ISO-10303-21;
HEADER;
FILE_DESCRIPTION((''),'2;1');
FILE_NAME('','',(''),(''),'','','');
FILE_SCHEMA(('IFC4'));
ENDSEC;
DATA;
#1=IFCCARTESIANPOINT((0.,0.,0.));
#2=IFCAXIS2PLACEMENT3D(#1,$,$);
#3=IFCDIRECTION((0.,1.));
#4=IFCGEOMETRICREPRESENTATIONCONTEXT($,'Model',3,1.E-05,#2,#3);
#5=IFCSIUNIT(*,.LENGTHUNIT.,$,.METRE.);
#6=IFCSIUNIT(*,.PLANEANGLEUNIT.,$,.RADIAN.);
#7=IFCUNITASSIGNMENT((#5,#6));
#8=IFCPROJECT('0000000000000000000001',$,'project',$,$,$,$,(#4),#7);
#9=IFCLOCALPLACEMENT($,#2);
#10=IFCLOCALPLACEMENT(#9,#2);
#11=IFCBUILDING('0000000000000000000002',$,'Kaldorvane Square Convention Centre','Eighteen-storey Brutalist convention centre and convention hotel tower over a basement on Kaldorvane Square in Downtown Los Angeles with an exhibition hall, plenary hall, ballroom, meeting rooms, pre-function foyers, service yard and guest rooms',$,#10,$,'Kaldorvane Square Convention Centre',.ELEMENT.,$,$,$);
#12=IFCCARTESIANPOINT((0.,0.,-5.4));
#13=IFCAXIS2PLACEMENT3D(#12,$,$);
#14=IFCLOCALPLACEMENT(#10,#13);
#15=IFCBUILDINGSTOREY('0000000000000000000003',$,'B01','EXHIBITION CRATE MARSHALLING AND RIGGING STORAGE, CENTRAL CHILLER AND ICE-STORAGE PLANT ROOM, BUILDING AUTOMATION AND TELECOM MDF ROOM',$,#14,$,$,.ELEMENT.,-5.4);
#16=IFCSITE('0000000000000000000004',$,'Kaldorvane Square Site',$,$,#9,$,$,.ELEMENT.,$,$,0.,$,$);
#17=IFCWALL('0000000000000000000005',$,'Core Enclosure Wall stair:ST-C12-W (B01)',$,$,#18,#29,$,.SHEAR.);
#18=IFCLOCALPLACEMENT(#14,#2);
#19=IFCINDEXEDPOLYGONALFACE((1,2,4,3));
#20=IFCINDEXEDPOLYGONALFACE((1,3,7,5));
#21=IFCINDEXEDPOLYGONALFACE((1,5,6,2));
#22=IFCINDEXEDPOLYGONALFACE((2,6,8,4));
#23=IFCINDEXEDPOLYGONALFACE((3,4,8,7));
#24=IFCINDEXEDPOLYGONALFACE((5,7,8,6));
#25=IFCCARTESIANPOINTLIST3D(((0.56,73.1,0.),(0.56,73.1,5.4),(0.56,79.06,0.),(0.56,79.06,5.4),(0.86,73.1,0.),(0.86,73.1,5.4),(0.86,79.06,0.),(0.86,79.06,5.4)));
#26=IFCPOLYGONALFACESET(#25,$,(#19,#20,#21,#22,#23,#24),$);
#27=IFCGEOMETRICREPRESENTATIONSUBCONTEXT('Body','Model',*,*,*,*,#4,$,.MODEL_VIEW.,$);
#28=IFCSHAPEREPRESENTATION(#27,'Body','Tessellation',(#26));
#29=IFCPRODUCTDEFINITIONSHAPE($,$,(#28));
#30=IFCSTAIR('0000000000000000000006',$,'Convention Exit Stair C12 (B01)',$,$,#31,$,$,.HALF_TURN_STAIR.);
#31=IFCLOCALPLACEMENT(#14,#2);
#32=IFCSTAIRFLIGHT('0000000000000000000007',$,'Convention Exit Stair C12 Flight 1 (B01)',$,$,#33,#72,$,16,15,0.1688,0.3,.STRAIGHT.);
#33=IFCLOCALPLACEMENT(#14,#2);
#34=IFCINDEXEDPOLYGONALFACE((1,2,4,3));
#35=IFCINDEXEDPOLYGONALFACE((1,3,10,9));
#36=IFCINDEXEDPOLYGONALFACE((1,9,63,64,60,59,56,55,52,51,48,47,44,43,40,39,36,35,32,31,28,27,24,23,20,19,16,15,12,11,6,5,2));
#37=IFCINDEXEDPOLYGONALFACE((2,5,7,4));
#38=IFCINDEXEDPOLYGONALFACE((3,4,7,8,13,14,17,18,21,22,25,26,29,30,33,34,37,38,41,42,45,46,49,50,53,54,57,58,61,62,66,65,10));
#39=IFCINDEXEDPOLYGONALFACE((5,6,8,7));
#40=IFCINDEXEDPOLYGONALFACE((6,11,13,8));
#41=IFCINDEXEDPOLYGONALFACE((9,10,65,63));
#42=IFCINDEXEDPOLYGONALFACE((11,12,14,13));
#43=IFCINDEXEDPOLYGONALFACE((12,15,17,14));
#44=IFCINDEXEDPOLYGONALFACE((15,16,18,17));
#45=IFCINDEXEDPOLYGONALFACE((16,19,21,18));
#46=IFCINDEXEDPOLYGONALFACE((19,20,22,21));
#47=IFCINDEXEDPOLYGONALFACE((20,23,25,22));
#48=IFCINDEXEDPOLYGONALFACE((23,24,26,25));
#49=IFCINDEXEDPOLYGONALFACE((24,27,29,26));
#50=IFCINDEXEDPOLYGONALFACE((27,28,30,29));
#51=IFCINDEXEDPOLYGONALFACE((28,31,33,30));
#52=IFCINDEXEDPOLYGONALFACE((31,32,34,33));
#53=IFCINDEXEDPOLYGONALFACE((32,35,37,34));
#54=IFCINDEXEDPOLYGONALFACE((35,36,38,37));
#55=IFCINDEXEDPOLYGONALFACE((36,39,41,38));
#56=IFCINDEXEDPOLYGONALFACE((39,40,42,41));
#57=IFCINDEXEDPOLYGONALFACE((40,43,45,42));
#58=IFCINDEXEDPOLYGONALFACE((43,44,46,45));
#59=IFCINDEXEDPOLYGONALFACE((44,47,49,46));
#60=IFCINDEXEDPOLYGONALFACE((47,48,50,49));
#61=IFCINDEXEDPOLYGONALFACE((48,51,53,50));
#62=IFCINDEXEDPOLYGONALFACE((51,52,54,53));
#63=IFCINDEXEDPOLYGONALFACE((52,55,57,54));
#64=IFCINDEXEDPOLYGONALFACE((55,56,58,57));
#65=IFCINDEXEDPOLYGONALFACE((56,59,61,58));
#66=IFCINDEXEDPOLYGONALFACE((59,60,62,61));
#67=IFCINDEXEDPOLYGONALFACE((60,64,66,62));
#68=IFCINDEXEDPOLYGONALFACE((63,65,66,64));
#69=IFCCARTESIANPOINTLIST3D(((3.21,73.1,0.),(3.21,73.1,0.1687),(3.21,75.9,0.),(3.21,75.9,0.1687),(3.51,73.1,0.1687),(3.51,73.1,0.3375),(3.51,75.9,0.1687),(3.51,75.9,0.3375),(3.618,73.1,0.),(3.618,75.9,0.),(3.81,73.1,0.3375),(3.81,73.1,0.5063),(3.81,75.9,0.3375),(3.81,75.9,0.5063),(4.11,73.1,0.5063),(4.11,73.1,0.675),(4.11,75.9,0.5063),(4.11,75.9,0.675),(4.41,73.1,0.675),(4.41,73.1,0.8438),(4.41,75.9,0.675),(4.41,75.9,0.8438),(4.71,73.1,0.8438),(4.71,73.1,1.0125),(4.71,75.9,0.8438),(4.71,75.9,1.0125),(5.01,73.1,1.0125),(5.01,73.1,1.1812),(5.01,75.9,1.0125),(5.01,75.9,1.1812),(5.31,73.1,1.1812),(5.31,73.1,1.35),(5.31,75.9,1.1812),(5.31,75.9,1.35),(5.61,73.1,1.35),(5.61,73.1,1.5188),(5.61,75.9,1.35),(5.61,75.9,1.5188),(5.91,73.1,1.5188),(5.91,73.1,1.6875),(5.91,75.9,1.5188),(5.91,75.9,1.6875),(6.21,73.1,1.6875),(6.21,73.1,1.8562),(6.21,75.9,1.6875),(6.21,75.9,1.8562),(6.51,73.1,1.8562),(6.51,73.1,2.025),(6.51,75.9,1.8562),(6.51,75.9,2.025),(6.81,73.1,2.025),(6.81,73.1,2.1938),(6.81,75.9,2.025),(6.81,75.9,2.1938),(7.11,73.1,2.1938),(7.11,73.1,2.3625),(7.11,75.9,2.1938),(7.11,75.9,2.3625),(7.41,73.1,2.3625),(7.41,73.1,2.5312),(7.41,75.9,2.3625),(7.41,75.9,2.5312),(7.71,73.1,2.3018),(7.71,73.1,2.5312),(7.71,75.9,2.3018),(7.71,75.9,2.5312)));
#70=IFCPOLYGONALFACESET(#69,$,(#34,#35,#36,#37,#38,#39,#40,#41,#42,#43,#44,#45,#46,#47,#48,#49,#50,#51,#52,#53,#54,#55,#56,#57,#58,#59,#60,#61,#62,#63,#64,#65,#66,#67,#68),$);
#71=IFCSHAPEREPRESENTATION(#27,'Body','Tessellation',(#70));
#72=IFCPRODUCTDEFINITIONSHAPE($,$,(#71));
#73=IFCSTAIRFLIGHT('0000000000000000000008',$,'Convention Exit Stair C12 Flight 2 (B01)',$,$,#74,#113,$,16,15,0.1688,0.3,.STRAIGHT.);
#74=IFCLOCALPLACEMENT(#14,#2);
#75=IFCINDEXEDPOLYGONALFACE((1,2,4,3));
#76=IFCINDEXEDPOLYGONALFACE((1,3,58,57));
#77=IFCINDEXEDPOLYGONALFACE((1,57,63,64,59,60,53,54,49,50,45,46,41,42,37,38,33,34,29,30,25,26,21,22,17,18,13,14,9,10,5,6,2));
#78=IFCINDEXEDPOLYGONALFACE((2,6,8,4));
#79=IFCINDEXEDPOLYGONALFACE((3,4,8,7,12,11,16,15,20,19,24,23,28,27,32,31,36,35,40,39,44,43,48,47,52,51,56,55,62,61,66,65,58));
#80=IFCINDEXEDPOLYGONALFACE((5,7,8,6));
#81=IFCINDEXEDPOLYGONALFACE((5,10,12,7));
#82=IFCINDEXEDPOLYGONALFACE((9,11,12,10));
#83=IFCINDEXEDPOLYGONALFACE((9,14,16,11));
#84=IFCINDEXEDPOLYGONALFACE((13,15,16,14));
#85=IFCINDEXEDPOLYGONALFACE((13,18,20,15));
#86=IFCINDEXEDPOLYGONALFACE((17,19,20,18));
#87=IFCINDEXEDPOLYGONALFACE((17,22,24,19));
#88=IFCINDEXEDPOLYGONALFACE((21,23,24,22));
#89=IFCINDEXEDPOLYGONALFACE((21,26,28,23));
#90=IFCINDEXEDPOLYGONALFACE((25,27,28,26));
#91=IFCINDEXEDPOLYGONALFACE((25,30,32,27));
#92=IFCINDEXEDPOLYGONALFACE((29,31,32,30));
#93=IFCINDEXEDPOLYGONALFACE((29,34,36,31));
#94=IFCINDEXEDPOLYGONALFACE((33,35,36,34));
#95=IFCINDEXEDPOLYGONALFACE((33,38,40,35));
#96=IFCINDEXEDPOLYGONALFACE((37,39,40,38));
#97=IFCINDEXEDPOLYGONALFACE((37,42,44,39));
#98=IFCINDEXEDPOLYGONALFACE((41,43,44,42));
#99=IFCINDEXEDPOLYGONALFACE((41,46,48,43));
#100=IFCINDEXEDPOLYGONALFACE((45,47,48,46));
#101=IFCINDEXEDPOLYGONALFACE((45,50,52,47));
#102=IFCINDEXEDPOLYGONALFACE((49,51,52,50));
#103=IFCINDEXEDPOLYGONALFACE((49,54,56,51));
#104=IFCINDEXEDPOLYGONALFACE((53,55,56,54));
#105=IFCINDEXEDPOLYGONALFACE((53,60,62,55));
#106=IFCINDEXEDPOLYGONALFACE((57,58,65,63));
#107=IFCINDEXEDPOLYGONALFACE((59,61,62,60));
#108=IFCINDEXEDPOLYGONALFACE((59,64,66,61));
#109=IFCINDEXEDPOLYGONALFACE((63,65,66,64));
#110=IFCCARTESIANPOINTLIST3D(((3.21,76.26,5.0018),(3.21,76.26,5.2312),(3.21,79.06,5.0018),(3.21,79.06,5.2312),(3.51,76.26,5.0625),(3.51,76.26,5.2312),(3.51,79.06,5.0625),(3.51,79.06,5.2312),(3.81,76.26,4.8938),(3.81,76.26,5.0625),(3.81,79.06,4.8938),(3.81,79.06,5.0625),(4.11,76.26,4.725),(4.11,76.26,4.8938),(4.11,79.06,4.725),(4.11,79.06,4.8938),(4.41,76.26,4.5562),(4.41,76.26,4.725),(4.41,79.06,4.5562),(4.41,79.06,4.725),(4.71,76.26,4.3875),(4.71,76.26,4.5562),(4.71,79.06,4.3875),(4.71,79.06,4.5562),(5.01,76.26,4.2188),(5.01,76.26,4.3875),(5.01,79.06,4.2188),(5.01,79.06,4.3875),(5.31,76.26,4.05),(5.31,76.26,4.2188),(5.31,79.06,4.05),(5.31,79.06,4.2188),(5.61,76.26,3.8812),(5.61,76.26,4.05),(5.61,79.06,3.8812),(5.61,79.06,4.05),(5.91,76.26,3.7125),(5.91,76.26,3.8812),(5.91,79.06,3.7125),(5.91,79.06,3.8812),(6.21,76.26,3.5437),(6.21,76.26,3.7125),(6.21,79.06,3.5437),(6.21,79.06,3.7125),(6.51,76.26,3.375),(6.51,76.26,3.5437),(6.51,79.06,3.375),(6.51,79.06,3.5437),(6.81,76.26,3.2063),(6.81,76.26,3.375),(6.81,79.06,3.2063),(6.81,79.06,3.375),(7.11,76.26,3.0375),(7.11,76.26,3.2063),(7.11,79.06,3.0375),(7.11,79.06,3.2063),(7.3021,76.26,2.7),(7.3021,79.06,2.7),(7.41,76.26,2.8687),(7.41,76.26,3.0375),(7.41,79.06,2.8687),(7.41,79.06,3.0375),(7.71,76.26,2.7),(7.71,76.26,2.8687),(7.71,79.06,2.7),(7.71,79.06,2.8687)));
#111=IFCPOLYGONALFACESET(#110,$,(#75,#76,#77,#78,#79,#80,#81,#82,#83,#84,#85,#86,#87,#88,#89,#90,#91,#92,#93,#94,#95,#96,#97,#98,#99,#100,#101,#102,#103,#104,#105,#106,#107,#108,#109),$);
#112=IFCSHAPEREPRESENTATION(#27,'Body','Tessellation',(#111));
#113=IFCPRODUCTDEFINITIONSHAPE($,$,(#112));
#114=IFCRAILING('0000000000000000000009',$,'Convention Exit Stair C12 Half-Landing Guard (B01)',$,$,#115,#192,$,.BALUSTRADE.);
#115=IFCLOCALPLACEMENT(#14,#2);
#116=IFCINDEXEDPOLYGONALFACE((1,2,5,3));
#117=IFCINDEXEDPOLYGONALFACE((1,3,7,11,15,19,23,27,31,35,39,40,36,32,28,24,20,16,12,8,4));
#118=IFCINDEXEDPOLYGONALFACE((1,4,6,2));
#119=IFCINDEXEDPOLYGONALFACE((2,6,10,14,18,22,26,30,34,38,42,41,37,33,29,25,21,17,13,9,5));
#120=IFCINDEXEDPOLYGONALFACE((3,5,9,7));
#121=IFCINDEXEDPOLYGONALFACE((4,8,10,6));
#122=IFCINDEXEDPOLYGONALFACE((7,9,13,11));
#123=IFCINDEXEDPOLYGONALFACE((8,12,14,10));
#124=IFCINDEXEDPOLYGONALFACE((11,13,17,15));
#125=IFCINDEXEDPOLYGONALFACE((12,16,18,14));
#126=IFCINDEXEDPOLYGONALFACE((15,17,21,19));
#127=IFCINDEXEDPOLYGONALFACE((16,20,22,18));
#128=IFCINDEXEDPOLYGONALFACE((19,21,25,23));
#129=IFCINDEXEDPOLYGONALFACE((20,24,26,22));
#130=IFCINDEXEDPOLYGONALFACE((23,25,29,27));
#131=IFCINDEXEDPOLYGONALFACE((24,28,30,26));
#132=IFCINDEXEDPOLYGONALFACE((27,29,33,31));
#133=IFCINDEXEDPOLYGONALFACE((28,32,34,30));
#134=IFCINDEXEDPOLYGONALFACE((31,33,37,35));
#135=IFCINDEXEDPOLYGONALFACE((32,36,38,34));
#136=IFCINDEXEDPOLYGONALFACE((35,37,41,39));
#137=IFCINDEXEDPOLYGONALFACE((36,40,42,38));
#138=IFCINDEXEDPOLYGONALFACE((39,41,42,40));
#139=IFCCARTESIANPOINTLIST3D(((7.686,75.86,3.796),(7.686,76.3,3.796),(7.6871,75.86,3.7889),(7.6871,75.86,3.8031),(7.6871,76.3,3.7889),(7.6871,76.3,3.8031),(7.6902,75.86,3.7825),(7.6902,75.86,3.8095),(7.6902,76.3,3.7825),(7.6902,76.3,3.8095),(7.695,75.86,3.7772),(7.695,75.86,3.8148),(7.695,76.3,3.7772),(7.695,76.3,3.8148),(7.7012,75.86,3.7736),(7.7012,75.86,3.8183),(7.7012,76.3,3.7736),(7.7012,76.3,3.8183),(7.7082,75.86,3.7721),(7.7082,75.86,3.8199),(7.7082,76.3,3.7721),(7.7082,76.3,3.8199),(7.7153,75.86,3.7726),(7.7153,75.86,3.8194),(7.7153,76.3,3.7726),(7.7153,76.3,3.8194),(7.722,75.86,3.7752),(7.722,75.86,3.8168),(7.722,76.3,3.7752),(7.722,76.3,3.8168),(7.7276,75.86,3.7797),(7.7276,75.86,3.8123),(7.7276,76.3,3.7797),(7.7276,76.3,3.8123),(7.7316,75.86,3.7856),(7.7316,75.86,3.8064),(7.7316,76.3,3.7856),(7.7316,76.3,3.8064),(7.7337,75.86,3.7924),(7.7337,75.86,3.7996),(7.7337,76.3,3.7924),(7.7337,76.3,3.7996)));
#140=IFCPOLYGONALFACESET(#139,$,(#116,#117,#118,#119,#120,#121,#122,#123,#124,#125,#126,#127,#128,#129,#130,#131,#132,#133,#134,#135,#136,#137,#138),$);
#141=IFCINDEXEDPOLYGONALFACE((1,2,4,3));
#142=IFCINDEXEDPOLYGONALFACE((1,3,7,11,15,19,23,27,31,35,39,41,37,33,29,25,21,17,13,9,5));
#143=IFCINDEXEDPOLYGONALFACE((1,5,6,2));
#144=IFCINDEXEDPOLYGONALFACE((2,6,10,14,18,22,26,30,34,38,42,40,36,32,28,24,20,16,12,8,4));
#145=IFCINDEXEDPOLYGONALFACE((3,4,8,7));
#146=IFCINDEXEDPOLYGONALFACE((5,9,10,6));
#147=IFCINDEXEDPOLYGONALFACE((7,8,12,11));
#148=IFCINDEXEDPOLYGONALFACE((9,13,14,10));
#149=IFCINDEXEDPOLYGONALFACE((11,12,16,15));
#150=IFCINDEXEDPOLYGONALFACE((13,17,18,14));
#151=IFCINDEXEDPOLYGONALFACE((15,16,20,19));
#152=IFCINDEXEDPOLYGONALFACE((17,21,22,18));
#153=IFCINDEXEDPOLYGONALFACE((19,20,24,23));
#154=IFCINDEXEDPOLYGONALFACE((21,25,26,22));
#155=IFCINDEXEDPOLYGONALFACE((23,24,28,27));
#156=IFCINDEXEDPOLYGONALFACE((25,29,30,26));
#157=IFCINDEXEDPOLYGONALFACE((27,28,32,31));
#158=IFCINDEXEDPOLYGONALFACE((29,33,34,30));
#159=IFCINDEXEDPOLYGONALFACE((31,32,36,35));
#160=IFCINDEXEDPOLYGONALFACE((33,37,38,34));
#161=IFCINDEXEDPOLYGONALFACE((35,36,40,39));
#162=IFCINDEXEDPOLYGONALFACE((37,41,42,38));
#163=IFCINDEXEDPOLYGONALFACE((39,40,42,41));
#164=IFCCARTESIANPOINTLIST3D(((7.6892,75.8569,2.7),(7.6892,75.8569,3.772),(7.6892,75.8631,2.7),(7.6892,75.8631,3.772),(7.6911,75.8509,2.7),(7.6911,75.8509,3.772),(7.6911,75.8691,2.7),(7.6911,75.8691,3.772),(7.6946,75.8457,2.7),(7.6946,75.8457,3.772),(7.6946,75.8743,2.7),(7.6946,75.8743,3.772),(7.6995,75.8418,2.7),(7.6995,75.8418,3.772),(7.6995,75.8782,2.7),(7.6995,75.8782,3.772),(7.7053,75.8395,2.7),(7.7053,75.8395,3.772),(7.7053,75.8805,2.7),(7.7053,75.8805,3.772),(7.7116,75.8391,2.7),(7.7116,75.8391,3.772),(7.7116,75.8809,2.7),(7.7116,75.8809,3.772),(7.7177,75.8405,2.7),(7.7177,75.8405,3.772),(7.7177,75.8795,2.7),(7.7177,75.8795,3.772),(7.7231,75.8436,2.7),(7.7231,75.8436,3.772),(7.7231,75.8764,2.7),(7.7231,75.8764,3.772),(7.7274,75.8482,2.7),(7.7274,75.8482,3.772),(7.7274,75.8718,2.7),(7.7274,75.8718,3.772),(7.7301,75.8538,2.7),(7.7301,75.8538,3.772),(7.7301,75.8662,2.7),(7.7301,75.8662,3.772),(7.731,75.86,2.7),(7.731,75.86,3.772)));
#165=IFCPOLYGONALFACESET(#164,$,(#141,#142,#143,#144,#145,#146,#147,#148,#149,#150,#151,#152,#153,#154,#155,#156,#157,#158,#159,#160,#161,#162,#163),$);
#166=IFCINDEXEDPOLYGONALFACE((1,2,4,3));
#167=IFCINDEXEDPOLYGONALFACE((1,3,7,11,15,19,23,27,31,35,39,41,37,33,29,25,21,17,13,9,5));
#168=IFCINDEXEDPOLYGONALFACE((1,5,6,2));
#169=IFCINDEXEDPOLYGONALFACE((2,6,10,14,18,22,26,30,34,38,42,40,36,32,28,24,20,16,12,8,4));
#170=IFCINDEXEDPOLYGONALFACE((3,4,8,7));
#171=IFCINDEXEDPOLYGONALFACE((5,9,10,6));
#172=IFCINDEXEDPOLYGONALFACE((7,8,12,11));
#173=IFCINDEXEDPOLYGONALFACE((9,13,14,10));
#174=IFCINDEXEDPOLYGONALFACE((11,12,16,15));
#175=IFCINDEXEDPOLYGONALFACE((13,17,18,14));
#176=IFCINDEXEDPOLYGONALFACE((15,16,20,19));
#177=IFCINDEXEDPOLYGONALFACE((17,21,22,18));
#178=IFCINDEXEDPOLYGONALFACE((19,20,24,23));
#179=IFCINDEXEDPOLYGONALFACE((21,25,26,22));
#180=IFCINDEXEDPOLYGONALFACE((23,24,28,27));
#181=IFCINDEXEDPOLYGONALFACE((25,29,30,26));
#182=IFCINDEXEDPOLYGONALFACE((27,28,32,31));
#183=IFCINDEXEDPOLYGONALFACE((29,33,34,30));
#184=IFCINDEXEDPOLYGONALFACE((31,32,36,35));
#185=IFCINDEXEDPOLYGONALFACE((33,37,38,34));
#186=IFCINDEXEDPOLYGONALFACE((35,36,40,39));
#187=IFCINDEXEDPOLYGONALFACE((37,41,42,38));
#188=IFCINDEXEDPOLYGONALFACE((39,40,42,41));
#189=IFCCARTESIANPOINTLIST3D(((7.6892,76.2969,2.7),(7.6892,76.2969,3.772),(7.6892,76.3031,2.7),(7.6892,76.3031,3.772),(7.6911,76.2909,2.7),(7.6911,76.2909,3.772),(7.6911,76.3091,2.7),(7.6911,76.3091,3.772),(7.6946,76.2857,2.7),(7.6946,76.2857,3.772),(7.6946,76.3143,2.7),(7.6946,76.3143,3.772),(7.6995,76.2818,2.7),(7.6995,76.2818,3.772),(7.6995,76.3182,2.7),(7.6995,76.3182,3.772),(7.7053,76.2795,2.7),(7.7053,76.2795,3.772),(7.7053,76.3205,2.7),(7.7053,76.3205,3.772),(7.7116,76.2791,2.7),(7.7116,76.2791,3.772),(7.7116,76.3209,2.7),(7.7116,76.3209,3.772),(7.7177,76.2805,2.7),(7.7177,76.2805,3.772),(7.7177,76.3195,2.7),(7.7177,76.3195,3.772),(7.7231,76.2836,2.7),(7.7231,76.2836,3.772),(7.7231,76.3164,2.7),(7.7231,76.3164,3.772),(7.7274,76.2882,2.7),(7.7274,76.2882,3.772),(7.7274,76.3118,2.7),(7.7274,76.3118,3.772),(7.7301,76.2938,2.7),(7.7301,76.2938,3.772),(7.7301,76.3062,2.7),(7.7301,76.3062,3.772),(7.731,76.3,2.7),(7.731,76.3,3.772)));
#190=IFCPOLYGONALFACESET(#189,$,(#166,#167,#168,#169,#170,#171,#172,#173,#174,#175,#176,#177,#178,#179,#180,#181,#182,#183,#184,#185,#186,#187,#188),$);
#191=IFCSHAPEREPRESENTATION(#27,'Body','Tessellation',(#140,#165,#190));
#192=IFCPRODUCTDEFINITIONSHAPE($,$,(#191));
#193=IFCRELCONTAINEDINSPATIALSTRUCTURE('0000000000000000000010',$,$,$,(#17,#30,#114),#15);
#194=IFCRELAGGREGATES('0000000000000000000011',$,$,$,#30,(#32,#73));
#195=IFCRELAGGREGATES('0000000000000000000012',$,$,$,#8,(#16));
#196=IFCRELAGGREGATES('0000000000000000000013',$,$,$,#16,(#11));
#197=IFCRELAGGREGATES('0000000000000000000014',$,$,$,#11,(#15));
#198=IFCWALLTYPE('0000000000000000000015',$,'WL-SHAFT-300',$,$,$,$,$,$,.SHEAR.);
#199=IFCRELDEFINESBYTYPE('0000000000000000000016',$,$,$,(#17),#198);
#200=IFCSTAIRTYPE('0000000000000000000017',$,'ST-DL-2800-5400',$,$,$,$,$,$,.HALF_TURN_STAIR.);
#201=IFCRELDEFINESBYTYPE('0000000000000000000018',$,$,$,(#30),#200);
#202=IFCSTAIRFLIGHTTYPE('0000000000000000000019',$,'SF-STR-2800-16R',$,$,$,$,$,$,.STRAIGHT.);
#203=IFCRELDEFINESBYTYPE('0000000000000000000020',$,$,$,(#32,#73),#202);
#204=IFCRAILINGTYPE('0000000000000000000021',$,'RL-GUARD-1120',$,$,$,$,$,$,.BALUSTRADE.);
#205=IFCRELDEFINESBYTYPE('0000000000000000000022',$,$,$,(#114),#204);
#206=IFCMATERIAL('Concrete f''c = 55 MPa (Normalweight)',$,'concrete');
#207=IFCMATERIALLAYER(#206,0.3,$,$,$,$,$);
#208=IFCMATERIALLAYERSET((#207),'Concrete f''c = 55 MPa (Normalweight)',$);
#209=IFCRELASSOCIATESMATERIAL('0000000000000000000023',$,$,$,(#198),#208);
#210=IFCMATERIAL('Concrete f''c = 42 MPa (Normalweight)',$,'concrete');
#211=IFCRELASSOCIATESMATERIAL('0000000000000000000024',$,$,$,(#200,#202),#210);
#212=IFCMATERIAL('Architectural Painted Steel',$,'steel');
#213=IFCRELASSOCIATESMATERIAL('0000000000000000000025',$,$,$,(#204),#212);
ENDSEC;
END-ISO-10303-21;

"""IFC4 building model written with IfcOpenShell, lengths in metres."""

from ifc_helpers import new_model, si_unit, direction, frame, frame_2d, origin, origin_2d, place, context, subcontext, project, spatial, polyline, rectangle, circle, outline, extrude, material, layer, layer_set, type_object, element, aggregate, save


model = new_model("IFC4")

# Units and contexts
model_context = context("Model", 3, precision=1e-05, world=origin(), true_north=direction((0.0, 1.0)))
body_context = subcontext(model_context, "Body", "Model", "MODEL_VIEW")
ifc_project = project(units=[si_unit("LENGTHUNIT", "METRE"), si_unit("PLANEANGLEUNIT", "RADIAN")], contexts=[model_context])

# Site, building, storey
site_placement = place(None, origin())
site = spatial("IfcSite", under=ifc_project, at=site_placement, Name="Kaldorvane Square Site", CompositionType="ELEMENT", RefElevation=0.0)
building_placement = place(site_placement, origin())
building = spatial("IfcBuilding", under=site, at=building_placement, Name="Kaldorvane Square Convention Centre", Description="Eighteen-storey Brutalist convention centre and convention hotel tower over a basement on Kaldorvane Square in Downtown Los Angeles with an exhibition hall, plenary hall, ballroom, meeting rooms, pre-function foyers, service yard and guest rooms", LongName="Kaldorvane Square Convention Centre", CompositionType="ELEMENT")
storey_placement = place(building_placement, frame((0.0, 0.0, -5.4)))
storey = spatial("IfcBuildingStorey", under=building, at=storey_placement, Name="B01", Description="EXHIBITION CRATE MARSHALLING AND RIGGING STORAGE, CENTRAL CHILLER AND ICE-STORAGE PLANT ROOM, BUILDING AUTOMATION AND TELECOM MDF ROOM", CompositionType="ELEMENT", Elevation=-5.4)

# Shared definitions
ifc_material_1 = material(Name="Concrete f'c = 42 MPa (Normalweight)", Category="concrete")

# Wall
ifc_material_2 = material(Name="Concrete f'c = 55 MPa (Normalweight)", Category="concrete")
ifc_layer_1 = layer(ifc_material_2, 0.3)
ifc_layer_set_1 = layer_set([ifc_layer_1], Name="Concrete f'c = 55 MPa (Normalweight)")
wall_type_1 = type_object("IfcWallType", Name="WL-SHAFT-300", PredefinedType="SHEAR", material=ifc_layer_set_1)
wall_1_placement = place(storey_placement, frame((0.71, 79.06, 0.0), z_axis=(0.0, 0.0, 1.0), x_axis=(0.0, -1.0, 0.0)))
element("IfcWall", 1, at=wall_1_placement, inside=storey, type_object=wall_type_1, Name="Core Enclosure Wall stair:ST-C12-W (B01)", PredefinedType="SHEAR", context=body_context, shape_type="SweptSolid", body=[
    extrude(rectangle(XDim=5.96, YDim=0.3, at=frame_2d((2.98, 0.0))), origin(), (0.0, 0.0, 1.0), 5.4),
])

# Stair, stair flights
stair_type = type_object("IfcStairType", Name="ST-DL-2800-5400", PredefinedType="HALF_TURN_STAIR", material=ifc_material_1)
stair_placement = place(storey_placement, origin())
stair = element("IfcStair", 2, at=stair_placement, inside=storey, type_object=stair_type, Name="Convention Exit Stair C12 (B01)", PredefinedType="HALF_TURN_STAIR")
stair_flight_type = type_object("IfcStairFlightType", Name="SF-STR-2800-16R", PredefinedType="STRAIGHT", material=ifc_material_1)
stair_flight_1_placement = place(storey_placement, frame((3.21, 74.5, 0.0), z_axis=(0.0, 0.0, 1.0), x_axis=(1.0, 0.0, 0.0)))
stair_flight_1 = element("IfcStairFlight", 3, at=stair_flight_1_placement, type_object=stair_flight_type, Name="Convention Exit Stair C12 Flight 1 (B01)", NumberOfRisers=16, NumberOfTreads=15, PredefinedType="STRAIGHT", RiserHeight=0.1688, TreadLength=0.3, context=body_context, shape_type="SweptSolid", body=[
    extrude(outline(polyline([(0.0, 0.0), (0.0, 0.1687), (0.3, 0.1687), (0.3, 0.3375), (0.6, 0.3375), (0.6, 0.5063), (0.9, 0.5063), (0.9, 0.675), (1.2, 0.675), (1.2, 0.8438), (1.5, 0.8438), (1.5, 1.0125), (1.8, 1.0125), (1.8, 1.1812), (2.1, 1.1812), (2.1, 1.35), (2.4, 1.35), (2.4, 1.5188), (2.7, 1.5188), (2.7, 1.6875), (3.0, 1.6875), (3.0, 1.8562), (3.3, 1.8562), (3.3, 2.025), (3.6, 2.025), (3.6, 2.1938), (3.9, 2.1938), (3.9, 2.3625), (4.2, 2.3625), (4.2, 2.5312), (4.5, 2.5312), (4.5, 2.7), (4.5, 2.3018), (0.4079, 0.0), (0.0, 0.0)])), frame((0.0, 1.4, 0.0), z_axis=(0.0, -1.0, 0.0), x_axis=(1.0, 0.0, 0.0)), (0.0, 0.0, 1.0), 2.8),
])
stair_flight_2_placement = place(storey_placement, frame((7.71, 77.66, 2.7), z_axis=(0.0, 0.0, 1.0), x_axis=(-1.0, 0.0, 0.0)))
stair_flight_2 = element("IfcStairFlight", 4, at=stair_flight_2_placement, type_object=stair_flight_type, Name="Convention Exit Stair C12 Flight 2 (B01)", NumberOfRisers=16, NumberOfTreads=15, PredefinedType="STRAIGHT", RiserHeight=0.1688, TreadLength=0.3, context=body_context, shape_type="SweptSolid", body=[
    extrude(outline(polyline([(0.0, 0.0), (0.0, 0.1687), (0.3, 0.1687), (0.3, 0.3375), (0.6, 0.3375), (0.6, 0.5063), (0.9, 0.5063), (0.9, 0.675), (1.2, 0.675), (1.2, 0.8438), (1.5, 0.8438), (1.5, 1.0125), (1.8, 1.0125), (1.8, 1.1812), (2.1, 1.1812), (2.1, 1.35), (2.4, 1.35), (2.4, 1.5188), (2.7, 1.5188), (2.7, 1.6875), (3.0, 1.6875), (3.0, 1.8562), (3.3, 1.8562), (3.3, 2.025), (3.6, 2.025), (3.6, 2.1938), (3.9, 2.1938), (3.9, 2.3625), (4.2, 2.3625), (4.2, 2.5312), (4.5, 2.5312), (4.5, 2.7), (4.5, 2.3018), (0.4079, 0.0), (0.0, 0.0)])), frame((0.0, 1.4, 0.0), z_axis=(0.0, -1.0, 0.0), x_axis=(1.0, 0.0, 0.0)), (0.0, 0.0, 1.0), 2.8),
])
aggregate(stair, [stair_flight_1, stair_flight_2])

# Railing
ifc_material_3 = material(Name="Architectural Painted Steel", Category="steel")
railing_type_1 = type_object("IfcRailingType", Name="RL-GUARD-1120", PredefinedType="BALUSTRADE", material=ifc_material_3)
railing_1_placement = place(storey_placement, frame((7.71, 75.86, 2.7)))
element("IfcRailing", 5, at=railing_1_placement, inside=storey, type_object=railing_type_1, Name="Convention Exit Stair C12 Half-Landing Guard (B01)", PredefinedType="BALUSTRADE", context=body_context, shape_type="SweptSolid", body=[
    extrude(circle(Radius=0.024, at=origin_2d()), frame((0.0, 0.0, 1.096), z_axis=(0.0, 1.0, 0.0), x_axis=(-1.0, 0.0, 0.0)), (0.0, 0.0, 1.0), 0.44),
    extrude(circle(Radius=0.021, at=origin_2d()), origin(), (0.0, 0.0, 1.0), 1.072),
    extrude(circle(Radius=0.021, at=origin_2d()), frame((0.0, 0.44, 0.0)), (0.0, 0.0, 1.0), 1.072),
])

save(model, "model.ifc")
